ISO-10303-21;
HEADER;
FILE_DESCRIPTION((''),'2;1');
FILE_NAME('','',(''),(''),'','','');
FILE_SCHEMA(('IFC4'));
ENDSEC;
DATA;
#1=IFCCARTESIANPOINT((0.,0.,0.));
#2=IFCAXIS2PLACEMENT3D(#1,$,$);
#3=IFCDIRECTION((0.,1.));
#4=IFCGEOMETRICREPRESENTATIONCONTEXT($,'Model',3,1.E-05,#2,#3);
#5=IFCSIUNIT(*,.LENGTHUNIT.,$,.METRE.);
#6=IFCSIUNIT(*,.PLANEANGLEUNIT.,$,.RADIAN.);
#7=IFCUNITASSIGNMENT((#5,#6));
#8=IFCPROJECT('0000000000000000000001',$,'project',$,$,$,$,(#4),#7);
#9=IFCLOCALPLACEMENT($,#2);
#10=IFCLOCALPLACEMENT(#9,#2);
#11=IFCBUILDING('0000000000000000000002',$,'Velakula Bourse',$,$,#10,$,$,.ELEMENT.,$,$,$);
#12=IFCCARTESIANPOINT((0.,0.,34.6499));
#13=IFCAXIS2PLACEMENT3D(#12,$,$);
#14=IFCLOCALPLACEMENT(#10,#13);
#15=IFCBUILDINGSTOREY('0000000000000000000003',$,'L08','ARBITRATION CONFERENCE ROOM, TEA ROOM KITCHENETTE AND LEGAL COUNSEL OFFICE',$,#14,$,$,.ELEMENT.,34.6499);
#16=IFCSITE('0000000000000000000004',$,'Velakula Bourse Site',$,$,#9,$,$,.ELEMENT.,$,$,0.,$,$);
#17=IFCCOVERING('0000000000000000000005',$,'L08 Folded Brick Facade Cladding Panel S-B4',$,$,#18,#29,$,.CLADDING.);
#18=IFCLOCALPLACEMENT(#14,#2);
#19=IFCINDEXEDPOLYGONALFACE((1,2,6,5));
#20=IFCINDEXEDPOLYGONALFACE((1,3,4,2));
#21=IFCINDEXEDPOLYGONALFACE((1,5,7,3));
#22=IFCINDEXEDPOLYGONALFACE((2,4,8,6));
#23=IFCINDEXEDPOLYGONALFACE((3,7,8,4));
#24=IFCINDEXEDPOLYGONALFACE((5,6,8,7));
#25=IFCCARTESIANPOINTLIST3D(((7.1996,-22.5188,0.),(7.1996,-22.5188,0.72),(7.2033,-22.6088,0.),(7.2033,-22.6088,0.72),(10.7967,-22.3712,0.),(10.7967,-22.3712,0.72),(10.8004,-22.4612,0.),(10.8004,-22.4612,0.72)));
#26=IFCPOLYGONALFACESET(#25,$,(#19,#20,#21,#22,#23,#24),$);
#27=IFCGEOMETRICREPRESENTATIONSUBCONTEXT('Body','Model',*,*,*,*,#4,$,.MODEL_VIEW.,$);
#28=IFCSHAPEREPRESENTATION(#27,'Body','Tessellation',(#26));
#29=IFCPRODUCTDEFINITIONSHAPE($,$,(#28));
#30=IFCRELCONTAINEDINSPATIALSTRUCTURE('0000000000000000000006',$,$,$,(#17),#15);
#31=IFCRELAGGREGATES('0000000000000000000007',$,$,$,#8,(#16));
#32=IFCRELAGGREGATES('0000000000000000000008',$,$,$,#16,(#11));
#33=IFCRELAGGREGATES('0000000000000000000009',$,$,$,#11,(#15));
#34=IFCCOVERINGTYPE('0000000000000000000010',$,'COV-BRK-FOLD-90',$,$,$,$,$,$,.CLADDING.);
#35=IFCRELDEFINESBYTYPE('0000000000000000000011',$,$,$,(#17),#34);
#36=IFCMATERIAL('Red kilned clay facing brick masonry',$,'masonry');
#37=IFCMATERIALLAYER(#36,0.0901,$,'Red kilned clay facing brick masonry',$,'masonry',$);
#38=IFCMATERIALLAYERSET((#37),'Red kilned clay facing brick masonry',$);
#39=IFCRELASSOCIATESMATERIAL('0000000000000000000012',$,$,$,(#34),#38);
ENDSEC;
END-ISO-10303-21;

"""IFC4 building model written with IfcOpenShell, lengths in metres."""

from ifc_helpers import new_model, si_unit, direction, frame, origin, origin_2d, place, context, subcontext, project, spatial, rectangle, extrude, material, layer, layer_set, type_object, element, save


model = new_model("IFC4")

# Units and contexts
model_context = context("Model", 3, precision=1e-05, world=origin(), true_north=direction((0.0, 1.0)))
body_context = subcontext(model_context, "Body", "Model", "MODEL_VIEW")
ifc_project = project(units=[si_unit("LENGTHUNIT", "METRE"), si_unit("PLANEANGLEUNIT", "RADIAN")], contexts=[model_context])

# Site, building, storey
site_placement = place(None, origin())
site = spatial("IfcSite", under=ifc_project, at=site_placement, Name="Velakula Bourse Site", CompositionType="ELEMENT", RefElevation=0.0)
building_placement = place(site_placement, origin())
building = spatial("IfcBuilding", under=site, at=building_placement, Name="Velakula Bourse", CompositionType="ELEMENT")
storey_placement = place(building_placement, frame((0.0, 0.0, 34.6499)))
storey = spatial("IfcBuildingStorey", under=building, at=storey_placement, Name="L08", Description="ARBITRATION CONFERENCE ROOM, TEA ROOM KITCHENETTE AND LEGAL COUNSEL OFFICE", CompositionType="ELEMENT", Elevation=34.6499)

# Shared definitions
ifc_material_1 = material(Name="Red kilned clay facing brick masonry", Category="masonry")

# Covering
ifc_layer_1 = layer(ifc_material_1, 0.0901, Name="Red kilned clay facing brick masonry", Category="masonry")
ifc_layer_set_1 = layer_set([ifc_layer_1], Name="Red kilned clay facing brick masonry")
covering_type = type_object("IfcCoveringType", Name="COV-BRK-FOLD-90", PredefinedType="CLADDING", material=ifc_layer_set_1)
covering_placement = place(storey_placement, frame((9.0, -22.49, 0.0), z_axis=(0.0, 0.0, 1.0), x_axis=(0.999159, 0.041004, 0.0)))
element("IfcCovering", 1, at=covering_placement, inside=storey, type_object=covering_type, Name="L08 Folded Brick Facade Cladding Panel S-B4", PredefinedType="CLADDING", context=body_context, shape_type="SweptSolid", body=[
    extrude(rectangle(XDim=3.6001, YDim=0.0901, at=origin_2d()), origin(), (0.0, 0.0, 1.0), 0.72),
])

save(model, "model.ifc")
